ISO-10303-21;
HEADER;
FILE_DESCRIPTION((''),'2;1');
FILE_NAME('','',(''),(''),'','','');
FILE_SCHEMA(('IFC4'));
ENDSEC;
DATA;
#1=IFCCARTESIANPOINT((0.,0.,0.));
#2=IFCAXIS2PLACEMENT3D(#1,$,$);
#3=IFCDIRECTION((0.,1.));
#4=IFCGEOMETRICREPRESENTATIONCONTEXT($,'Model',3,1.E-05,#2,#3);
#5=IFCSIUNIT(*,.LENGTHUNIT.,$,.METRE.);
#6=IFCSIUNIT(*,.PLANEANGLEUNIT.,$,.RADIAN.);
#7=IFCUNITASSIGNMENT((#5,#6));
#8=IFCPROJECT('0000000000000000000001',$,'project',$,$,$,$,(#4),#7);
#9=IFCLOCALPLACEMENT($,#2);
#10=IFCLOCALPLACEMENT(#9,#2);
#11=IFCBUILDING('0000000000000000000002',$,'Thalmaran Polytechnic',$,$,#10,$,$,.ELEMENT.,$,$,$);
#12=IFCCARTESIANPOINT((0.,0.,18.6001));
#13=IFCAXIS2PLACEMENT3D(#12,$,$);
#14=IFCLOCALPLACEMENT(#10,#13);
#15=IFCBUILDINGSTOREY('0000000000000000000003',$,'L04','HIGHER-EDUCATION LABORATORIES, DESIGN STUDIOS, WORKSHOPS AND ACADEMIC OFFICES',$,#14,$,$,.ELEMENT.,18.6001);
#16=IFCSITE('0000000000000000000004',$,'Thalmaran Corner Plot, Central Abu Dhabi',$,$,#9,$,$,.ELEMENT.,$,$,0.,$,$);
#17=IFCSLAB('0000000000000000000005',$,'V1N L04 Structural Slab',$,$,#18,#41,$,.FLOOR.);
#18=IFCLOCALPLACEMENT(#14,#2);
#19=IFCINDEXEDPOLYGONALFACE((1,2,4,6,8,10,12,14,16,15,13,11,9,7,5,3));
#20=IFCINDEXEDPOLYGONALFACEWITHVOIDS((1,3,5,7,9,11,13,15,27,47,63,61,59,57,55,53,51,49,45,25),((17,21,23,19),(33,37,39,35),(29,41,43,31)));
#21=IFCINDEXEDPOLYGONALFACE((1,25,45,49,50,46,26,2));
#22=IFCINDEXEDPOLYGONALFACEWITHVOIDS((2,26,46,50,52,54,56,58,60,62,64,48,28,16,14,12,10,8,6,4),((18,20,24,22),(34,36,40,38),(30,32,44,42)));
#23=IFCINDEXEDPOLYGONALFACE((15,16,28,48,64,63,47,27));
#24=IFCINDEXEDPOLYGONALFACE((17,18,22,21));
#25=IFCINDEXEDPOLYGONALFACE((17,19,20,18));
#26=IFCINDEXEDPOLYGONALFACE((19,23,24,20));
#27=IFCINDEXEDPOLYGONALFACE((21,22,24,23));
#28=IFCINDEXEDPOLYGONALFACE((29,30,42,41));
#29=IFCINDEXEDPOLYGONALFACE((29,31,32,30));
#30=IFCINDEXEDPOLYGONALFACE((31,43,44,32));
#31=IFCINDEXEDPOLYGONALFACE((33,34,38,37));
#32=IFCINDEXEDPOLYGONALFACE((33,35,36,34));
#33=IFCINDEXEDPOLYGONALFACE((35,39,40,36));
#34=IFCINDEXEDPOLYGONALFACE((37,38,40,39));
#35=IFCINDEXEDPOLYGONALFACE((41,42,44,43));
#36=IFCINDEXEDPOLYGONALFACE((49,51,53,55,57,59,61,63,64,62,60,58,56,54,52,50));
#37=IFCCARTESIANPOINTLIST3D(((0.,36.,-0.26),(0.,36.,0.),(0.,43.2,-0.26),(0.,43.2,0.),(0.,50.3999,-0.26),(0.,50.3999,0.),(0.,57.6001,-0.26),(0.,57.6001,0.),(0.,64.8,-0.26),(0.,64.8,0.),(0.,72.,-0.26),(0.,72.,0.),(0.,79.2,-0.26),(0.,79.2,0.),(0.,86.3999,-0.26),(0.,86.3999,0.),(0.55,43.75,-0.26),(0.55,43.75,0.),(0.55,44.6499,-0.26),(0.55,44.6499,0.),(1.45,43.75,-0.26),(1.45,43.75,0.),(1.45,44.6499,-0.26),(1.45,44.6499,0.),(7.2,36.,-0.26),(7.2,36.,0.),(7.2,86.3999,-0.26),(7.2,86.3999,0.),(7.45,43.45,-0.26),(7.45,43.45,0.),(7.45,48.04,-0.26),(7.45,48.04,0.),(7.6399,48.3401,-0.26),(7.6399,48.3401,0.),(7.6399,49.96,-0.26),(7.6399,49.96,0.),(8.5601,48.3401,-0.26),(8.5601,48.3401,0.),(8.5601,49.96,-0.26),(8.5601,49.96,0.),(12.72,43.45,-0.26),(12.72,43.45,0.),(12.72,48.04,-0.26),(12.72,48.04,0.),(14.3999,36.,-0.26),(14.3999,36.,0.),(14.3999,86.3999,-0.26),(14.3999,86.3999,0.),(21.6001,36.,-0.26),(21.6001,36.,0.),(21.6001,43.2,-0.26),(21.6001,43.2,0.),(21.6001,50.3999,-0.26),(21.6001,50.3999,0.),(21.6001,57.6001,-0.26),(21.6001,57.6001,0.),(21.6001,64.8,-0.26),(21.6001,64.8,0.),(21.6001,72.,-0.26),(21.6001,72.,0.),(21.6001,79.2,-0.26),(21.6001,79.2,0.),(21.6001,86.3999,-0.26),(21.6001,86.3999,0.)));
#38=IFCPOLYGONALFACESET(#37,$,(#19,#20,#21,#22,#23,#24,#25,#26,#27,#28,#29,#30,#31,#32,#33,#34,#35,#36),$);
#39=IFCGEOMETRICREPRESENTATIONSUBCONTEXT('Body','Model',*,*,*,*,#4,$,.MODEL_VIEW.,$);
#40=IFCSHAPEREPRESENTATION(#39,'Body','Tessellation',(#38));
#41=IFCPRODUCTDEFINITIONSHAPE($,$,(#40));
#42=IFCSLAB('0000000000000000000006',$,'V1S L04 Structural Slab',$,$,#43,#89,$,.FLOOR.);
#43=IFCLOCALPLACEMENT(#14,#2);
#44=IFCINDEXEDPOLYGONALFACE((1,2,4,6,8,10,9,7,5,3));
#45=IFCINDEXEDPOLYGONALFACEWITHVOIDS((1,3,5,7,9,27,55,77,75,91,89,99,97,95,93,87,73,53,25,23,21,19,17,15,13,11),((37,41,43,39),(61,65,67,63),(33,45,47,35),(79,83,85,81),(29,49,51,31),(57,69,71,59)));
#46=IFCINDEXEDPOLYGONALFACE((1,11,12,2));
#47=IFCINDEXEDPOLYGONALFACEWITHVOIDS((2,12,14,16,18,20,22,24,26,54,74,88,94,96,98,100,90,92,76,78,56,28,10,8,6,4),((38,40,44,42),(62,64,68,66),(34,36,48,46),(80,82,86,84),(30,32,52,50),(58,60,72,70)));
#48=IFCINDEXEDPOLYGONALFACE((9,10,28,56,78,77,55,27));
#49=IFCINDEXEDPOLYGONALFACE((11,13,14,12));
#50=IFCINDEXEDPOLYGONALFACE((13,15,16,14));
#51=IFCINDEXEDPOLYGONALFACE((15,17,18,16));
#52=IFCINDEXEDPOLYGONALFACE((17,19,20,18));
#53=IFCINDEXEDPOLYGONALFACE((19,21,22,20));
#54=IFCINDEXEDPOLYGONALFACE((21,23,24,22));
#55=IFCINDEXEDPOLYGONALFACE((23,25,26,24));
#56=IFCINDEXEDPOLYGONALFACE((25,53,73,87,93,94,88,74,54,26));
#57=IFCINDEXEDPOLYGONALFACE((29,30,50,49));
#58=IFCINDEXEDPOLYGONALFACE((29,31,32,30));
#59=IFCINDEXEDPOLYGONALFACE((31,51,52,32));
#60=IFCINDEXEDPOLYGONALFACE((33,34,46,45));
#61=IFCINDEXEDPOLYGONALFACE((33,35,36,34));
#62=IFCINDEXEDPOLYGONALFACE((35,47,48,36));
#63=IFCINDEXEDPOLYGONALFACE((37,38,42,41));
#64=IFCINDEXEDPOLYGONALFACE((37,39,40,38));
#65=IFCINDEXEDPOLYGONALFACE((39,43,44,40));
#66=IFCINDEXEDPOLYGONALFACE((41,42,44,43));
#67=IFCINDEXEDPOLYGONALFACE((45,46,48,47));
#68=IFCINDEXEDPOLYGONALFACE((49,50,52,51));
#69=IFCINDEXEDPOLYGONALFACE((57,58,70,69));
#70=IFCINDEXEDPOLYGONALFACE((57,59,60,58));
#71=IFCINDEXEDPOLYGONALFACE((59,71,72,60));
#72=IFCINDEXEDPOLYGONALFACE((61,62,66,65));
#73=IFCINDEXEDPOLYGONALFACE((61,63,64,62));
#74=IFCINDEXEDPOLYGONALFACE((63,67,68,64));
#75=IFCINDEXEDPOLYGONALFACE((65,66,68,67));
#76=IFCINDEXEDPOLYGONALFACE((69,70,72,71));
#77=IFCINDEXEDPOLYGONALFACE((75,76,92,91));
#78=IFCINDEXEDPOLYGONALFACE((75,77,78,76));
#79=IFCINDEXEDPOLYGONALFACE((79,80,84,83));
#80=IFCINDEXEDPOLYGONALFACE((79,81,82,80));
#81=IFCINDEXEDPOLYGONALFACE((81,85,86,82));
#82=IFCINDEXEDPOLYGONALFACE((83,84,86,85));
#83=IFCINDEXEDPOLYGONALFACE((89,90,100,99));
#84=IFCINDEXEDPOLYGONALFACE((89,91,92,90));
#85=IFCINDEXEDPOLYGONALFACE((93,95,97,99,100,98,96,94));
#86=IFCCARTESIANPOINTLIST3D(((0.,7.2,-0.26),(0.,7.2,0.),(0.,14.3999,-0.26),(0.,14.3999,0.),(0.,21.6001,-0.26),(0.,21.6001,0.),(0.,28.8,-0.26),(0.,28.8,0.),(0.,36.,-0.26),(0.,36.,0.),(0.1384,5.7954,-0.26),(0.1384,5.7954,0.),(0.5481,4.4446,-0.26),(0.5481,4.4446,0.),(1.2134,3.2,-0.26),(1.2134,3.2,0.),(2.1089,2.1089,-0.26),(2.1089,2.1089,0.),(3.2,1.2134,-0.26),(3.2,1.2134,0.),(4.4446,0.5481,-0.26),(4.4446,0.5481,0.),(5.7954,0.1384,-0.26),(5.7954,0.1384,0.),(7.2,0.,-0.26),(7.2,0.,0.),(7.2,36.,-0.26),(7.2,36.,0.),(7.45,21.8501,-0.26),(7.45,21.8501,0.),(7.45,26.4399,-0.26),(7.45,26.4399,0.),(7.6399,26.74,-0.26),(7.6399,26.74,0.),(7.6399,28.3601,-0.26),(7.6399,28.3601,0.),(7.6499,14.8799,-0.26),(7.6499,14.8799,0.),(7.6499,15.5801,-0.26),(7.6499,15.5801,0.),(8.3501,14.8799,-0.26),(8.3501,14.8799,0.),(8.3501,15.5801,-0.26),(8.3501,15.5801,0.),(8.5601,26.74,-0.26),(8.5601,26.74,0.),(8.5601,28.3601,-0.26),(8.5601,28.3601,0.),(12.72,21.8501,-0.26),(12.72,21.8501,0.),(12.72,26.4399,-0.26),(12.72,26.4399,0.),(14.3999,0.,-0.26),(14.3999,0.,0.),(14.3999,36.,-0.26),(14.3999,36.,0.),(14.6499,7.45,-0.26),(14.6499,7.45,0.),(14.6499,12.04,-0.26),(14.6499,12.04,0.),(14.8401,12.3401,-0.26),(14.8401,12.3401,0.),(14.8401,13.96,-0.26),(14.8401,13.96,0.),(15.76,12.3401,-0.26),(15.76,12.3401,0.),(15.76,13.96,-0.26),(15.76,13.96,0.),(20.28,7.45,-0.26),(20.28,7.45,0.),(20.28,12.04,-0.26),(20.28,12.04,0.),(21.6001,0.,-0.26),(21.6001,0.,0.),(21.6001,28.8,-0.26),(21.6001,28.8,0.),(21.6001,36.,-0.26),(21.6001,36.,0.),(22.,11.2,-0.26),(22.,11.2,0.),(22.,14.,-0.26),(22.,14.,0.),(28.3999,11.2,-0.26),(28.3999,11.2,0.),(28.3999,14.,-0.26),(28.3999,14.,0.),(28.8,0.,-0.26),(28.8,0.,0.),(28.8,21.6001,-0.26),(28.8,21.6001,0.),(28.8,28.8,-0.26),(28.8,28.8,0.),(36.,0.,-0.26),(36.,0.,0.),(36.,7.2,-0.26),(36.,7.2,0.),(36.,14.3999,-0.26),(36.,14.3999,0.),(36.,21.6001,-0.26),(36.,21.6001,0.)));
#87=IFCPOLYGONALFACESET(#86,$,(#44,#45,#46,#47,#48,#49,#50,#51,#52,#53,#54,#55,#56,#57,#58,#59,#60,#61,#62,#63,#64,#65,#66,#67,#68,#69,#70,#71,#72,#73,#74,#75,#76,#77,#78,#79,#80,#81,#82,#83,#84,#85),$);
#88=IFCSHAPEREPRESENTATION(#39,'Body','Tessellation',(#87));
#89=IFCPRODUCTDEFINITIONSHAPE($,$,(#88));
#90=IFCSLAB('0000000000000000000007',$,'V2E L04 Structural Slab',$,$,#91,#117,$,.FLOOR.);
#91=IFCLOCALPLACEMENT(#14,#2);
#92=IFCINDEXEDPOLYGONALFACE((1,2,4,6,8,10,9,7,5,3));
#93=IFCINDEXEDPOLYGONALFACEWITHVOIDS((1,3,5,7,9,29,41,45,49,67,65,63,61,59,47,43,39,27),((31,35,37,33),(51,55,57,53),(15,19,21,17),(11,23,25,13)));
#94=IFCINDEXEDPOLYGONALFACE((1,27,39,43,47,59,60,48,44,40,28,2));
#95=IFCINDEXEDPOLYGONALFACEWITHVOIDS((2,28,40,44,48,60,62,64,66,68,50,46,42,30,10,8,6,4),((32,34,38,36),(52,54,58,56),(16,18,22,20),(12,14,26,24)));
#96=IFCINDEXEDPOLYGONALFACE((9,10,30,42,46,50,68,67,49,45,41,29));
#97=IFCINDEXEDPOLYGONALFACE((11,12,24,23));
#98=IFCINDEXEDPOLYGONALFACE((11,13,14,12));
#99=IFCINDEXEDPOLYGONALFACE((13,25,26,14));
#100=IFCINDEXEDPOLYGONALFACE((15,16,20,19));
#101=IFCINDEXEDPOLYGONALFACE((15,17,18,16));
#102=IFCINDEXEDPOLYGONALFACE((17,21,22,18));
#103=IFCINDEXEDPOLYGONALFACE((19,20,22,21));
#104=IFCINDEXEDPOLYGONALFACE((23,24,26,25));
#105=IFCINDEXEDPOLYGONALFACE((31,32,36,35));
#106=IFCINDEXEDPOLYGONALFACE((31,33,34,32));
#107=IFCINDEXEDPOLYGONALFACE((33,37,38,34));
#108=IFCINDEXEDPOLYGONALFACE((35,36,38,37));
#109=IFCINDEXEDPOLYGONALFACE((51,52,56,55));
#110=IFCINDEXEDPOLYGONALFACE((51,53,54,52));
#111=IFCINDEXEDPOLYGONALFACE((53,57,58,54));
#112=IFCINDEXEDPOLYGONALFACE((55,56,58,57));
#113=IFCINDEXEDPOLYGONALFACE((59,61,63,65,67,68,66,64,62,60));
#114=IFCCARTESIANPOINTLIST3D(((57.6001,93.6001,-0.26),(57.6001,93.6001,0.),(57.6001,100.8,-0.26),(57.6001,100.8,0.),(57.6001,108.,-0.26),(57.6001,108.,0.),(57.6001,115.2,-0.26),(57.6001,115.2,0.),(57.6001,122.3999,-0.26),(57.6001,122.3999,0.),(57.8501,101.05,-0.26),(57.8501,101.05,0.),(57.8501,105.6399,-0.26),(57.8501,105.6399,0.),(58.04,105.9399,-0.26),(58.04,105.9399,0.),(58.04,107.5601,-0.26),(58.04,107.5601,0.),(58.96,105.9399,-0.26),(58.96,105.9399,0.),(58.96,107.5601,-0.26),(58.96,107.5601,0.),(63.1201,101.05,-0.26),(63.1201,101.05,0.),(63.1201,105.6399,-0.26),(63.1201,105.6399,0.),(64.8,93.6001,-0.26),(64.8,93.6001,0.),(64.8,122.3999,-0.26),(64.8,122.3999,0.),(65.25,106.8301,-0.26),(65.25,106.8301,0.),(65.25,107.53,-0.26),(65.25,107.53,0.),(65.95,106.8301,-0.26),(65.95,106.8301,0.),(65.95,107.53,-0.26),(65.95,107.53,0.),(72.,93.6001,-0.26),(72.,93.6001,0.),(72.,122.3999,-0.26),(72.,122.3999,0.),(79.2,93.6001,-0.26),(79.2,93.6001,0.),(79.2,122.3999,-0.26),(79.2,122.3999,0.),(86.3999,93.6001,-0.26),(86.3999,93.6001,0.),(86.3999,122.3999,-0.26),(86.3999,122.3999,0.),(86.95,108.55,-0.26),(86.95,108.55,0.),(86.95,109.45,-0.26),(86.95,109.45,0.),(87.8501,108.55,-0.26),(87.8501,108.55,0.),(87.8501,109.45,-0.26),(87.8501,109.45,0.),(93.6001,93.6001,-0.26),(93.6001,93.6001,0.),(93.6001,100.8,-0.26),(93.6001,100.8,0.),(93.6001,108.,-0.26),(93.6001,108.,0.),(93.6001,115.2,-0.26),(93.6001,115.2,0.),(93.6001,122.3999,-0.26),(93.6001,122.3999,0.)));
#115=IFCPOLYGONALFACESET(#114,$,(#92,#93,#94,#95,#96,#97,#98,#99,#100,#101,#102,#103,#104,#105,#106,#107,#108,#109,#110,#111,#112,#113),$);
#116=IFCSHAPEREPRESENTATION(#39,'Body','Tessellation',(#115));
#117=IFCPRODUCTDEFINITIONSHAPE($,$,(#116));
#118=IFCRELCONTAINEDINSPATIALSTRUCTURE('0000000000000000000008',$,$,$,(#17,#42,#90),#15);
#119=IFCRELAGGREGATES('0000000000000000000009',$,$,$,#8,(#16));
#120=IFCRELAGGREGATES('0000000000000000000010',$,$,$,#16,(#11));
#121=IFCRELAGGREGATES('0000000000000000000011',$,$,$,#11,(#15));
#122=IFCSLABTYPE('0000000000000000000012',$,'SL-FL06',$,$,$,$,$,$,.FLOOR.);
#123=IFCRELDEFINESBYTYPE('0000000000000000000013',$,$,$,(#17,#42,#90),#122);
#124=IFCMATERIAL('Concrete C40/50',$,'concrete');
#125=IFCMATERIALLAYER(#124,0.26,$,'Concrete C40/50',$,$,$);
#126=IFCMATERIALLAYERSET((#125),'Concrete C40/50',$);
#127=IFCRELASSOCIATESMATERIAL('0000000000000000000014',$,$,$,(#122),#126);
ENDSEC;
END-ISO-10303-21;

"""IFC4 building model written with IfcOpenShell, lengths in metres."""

from ifc_helpers import new_model, si_unit, direction, frame, origin, place, context, subcontext, project, spatial, polyline, outline, extrude, material, layer, layer_set, type_object, element, save


model = new_model("IFC4")

# Units and contexts
model_context = context("Model", 3, precision=1e-05, world=origin(), true_north=direction((0.0, 1.0)))
body_context = subcontext(model_context, "Body", "Model", "MODEL_VIEW")
ifc_project = project(units=[si_unit("LENGTHUNIT", "METRE"), si_unit("PLANEANGLEUNIT", "RADIAN")], contexts=[model_context])

# Site, building, storey
site_placement = place(None, origin())
site = spatial("IfcSite", under=ifc_project, at=site_placement, Name="Thalmaran Corner Plot, Central Abu Dhabi", CompositionType="ELEMENT", RefElevation=0.0)
building_placement = place(site_placement, origin())
building = spatial("IfcBuilding", under=site, at=building_placement, Name="Thalmaran Polytechnic", CompositionType="ELEMENT")
storey_placement = place(building_placement, frame((0.0, 0.0, 18.6001)))
storey = spatial("IfcBuildingStorey", under=building, at=storey_placement, Name="L04", Description="HIGHER-EDUCATION LABORATORIES, DESIGN STUDIOS, WORKSHOPS AND ACADEMIC OFFICES", CompositionType="ELEMENT", Elevation=18.6001)

# Slabs
ifc_material_1 = material(Name="Concrete C40/50", Category="concrete")
ifc_layer_1 = layer(ifc_material_1, 0.26, Name="Concrete C40/50")
ifc_layer_set_1 = layer_set([ifc_layer_1], Name="Concrete C40/50")
slab_type_1 = type_object("IfcSlabType", Name="SL-FL06", PredefinedType="FLOOR", material=ifc_layer_set_1)
slab_1_placement = place(storey_placement, frame((0.0, 0.0, -0.26)))
element("IfcSlab", 1, at=slab_1_placement, inside=storey, type_object=slab_type_1, Name="V1N L04 Structural Slab", PredefinedType="FLOOR", context=body_context, shape_type="SweptSolid", body=[
    extrude(outline(polyline([(0.0, 72.0), (0.0, 79.2), (0.0, 86.3999), (7.2, 86.3999), (14.3999, 86.3999), (21.6001, 86.3999), (21.6001, 79.2), (21.6001, 72.0), (21.6001, 64.8), (21.6001, 57.6001), (21.6001, 50.3999), (21.6001, 43.2), (21.6001, 36.0), (14.3999, 36.0), (7.2, 36.0), (0.0, 36.0), (0.0, 43.2), (0.0, 50.3999), (0.0, 57.6001), (0.0, 64.8), (0.0, 72.0)]), holes=[polyline([(7.45, 43.45), (12.72, 43.45), (12.72, 48.04), (7.45, 48.04), (7.45, 43.45)]), polyline([(7.6399, 49.96), (7.6399, 48.3401), (8.5601, 48.3401), (8.5601, 49.96), (7.6399, 49.96)]), polyline([(1.45, 44.6499), (0.55, 44.6499), (0.55, 43.75), (1.45, 43.75), (1.45, 44.6499)])]), origin(), (0.0, 0.0, 1.0), 0.26),
])
slab_2_placement = place(storey_placement, frame((0.0, 0.0, -0.26)))
element("IfcSlab", 2, at=slab_2_placement, inside=storey, type_object=slab_type_1, Name="V1S L04 Structural Slab", PredefinedType="FLOOR", context=body_context, shape_type="SweptSolid", body=[
    extrude(outline(polyline([(0.0, 21.6001), (0.0, 28.8), (0.0, 36.0), (7.2, 36.0), (14.3999, 36.0), (21.6001, 36.0), (21.6001, 28.8), (28.8, 28.8), (28.8, 21.6001), (36.0, 21.6001), (36.0, 14.3999), (36.0, 7.2), (36.0, 0.0), (28.8, 0.0), (21.6001, 0.0), (14.3999, 0.0), (7.2, 0.0), (5.7954, 0.1384), (4.4446, 0.5481), (3.2, 1.2134), (2.1089, 2.1089), (1.2134, 3.2), (0.5481, 4.4446), (0.1384, 5.7954), (0.0, 7.2), (0.0, 14.3999), (0.0, 21.6001)]), holes=[polyline([(28.3999, 11.2), (28.3999, 14.0), (22.0, 14.0), (22.0, 11.2), (28.3999, 11.2)]), polyline([(14.6499, 12.04), (14.6499, 7.45), (20.28, 7.45), (20.28, 12.04), (14.6499, 12.04)]), polyline([(15.76, 13.96), (14.8401, 13.96), (14.8401, 12.3401), (15.76, 12.3401), (15.76, 13.96)]), polyline([(7.45, 21.8501), (12.72, 21.8501), (12.72, 26.4399), (7.45, 26.4399), (7.45, 21.8501)]), polyline([(7.6399, 28.3601), (7.6399, 26.74), (8.5601, 26.74), (8.5601, 28.3601), (7.6399, 28.3601)]), polyline([(8.3501, 15.5801), (7.6499, 15.5801), (7.6499, 14.8799), (8.3501, 14.8799), (8.3501, 15.5801)])]), origin(), (0.0, 0.0, 1.0), 0.26),
])
slab_3_placement = place(storey_placement, frame((0.0, 0.0, -0.26)))
element("IfcSlab", 3, at=slab_3_placement, inside=storey, type_object=slab_type_1, Name="V2E L04 Structural Slab", PredefinedType="FLOOR", context=body_context, shape_type="SweptSolid", body=[
    extrude(outline(polyline([(79.2, 122.3999), (86.3999, 122.3999), (93.6001, 122.3999), (93.6001, 115.2), (93.6001, 108.0), (93.6001, 100.8), (93.6001, 93.6001), (86.3999, 93.6001), (79.2, 93.6001), (72.0, 93.6001), (64.8, 93.6001), (57.6001, 93.6001), (57.6001, 100.8), (57.6001, 108.0), (57.6001, 115.2), (57.6001, 122.3999), (64.8, 122.3999), (72.0, 122.3999), (79.2, 122.3999)]), holes=[polyline([(87.8501, 109.45), (86.95, 109.45), (86.95, 108.55), (87.8501, 108.55), (87.8501, 109.45)]), polyline([(65.25, 107.53), (65.25, 106.8301), (65.95, 106.8301), (65.95, 107.53), (65.25, 107.53)]), polyline([(63.1201, 101.05), (63.1201, 105.6399), (57.8501, 105.6399), (57.8501, 101.05), (63.1201, 101.05)]), polyline([(58.04, 105.9399), (58.96, 105.9399), (58.96, 107.5601), (58.04, 107.5601), (58.04, 105.9399)])]), origin(), (0.0, 0.0, 1.0), 0.26),
])

save(model, "model.ifc")
